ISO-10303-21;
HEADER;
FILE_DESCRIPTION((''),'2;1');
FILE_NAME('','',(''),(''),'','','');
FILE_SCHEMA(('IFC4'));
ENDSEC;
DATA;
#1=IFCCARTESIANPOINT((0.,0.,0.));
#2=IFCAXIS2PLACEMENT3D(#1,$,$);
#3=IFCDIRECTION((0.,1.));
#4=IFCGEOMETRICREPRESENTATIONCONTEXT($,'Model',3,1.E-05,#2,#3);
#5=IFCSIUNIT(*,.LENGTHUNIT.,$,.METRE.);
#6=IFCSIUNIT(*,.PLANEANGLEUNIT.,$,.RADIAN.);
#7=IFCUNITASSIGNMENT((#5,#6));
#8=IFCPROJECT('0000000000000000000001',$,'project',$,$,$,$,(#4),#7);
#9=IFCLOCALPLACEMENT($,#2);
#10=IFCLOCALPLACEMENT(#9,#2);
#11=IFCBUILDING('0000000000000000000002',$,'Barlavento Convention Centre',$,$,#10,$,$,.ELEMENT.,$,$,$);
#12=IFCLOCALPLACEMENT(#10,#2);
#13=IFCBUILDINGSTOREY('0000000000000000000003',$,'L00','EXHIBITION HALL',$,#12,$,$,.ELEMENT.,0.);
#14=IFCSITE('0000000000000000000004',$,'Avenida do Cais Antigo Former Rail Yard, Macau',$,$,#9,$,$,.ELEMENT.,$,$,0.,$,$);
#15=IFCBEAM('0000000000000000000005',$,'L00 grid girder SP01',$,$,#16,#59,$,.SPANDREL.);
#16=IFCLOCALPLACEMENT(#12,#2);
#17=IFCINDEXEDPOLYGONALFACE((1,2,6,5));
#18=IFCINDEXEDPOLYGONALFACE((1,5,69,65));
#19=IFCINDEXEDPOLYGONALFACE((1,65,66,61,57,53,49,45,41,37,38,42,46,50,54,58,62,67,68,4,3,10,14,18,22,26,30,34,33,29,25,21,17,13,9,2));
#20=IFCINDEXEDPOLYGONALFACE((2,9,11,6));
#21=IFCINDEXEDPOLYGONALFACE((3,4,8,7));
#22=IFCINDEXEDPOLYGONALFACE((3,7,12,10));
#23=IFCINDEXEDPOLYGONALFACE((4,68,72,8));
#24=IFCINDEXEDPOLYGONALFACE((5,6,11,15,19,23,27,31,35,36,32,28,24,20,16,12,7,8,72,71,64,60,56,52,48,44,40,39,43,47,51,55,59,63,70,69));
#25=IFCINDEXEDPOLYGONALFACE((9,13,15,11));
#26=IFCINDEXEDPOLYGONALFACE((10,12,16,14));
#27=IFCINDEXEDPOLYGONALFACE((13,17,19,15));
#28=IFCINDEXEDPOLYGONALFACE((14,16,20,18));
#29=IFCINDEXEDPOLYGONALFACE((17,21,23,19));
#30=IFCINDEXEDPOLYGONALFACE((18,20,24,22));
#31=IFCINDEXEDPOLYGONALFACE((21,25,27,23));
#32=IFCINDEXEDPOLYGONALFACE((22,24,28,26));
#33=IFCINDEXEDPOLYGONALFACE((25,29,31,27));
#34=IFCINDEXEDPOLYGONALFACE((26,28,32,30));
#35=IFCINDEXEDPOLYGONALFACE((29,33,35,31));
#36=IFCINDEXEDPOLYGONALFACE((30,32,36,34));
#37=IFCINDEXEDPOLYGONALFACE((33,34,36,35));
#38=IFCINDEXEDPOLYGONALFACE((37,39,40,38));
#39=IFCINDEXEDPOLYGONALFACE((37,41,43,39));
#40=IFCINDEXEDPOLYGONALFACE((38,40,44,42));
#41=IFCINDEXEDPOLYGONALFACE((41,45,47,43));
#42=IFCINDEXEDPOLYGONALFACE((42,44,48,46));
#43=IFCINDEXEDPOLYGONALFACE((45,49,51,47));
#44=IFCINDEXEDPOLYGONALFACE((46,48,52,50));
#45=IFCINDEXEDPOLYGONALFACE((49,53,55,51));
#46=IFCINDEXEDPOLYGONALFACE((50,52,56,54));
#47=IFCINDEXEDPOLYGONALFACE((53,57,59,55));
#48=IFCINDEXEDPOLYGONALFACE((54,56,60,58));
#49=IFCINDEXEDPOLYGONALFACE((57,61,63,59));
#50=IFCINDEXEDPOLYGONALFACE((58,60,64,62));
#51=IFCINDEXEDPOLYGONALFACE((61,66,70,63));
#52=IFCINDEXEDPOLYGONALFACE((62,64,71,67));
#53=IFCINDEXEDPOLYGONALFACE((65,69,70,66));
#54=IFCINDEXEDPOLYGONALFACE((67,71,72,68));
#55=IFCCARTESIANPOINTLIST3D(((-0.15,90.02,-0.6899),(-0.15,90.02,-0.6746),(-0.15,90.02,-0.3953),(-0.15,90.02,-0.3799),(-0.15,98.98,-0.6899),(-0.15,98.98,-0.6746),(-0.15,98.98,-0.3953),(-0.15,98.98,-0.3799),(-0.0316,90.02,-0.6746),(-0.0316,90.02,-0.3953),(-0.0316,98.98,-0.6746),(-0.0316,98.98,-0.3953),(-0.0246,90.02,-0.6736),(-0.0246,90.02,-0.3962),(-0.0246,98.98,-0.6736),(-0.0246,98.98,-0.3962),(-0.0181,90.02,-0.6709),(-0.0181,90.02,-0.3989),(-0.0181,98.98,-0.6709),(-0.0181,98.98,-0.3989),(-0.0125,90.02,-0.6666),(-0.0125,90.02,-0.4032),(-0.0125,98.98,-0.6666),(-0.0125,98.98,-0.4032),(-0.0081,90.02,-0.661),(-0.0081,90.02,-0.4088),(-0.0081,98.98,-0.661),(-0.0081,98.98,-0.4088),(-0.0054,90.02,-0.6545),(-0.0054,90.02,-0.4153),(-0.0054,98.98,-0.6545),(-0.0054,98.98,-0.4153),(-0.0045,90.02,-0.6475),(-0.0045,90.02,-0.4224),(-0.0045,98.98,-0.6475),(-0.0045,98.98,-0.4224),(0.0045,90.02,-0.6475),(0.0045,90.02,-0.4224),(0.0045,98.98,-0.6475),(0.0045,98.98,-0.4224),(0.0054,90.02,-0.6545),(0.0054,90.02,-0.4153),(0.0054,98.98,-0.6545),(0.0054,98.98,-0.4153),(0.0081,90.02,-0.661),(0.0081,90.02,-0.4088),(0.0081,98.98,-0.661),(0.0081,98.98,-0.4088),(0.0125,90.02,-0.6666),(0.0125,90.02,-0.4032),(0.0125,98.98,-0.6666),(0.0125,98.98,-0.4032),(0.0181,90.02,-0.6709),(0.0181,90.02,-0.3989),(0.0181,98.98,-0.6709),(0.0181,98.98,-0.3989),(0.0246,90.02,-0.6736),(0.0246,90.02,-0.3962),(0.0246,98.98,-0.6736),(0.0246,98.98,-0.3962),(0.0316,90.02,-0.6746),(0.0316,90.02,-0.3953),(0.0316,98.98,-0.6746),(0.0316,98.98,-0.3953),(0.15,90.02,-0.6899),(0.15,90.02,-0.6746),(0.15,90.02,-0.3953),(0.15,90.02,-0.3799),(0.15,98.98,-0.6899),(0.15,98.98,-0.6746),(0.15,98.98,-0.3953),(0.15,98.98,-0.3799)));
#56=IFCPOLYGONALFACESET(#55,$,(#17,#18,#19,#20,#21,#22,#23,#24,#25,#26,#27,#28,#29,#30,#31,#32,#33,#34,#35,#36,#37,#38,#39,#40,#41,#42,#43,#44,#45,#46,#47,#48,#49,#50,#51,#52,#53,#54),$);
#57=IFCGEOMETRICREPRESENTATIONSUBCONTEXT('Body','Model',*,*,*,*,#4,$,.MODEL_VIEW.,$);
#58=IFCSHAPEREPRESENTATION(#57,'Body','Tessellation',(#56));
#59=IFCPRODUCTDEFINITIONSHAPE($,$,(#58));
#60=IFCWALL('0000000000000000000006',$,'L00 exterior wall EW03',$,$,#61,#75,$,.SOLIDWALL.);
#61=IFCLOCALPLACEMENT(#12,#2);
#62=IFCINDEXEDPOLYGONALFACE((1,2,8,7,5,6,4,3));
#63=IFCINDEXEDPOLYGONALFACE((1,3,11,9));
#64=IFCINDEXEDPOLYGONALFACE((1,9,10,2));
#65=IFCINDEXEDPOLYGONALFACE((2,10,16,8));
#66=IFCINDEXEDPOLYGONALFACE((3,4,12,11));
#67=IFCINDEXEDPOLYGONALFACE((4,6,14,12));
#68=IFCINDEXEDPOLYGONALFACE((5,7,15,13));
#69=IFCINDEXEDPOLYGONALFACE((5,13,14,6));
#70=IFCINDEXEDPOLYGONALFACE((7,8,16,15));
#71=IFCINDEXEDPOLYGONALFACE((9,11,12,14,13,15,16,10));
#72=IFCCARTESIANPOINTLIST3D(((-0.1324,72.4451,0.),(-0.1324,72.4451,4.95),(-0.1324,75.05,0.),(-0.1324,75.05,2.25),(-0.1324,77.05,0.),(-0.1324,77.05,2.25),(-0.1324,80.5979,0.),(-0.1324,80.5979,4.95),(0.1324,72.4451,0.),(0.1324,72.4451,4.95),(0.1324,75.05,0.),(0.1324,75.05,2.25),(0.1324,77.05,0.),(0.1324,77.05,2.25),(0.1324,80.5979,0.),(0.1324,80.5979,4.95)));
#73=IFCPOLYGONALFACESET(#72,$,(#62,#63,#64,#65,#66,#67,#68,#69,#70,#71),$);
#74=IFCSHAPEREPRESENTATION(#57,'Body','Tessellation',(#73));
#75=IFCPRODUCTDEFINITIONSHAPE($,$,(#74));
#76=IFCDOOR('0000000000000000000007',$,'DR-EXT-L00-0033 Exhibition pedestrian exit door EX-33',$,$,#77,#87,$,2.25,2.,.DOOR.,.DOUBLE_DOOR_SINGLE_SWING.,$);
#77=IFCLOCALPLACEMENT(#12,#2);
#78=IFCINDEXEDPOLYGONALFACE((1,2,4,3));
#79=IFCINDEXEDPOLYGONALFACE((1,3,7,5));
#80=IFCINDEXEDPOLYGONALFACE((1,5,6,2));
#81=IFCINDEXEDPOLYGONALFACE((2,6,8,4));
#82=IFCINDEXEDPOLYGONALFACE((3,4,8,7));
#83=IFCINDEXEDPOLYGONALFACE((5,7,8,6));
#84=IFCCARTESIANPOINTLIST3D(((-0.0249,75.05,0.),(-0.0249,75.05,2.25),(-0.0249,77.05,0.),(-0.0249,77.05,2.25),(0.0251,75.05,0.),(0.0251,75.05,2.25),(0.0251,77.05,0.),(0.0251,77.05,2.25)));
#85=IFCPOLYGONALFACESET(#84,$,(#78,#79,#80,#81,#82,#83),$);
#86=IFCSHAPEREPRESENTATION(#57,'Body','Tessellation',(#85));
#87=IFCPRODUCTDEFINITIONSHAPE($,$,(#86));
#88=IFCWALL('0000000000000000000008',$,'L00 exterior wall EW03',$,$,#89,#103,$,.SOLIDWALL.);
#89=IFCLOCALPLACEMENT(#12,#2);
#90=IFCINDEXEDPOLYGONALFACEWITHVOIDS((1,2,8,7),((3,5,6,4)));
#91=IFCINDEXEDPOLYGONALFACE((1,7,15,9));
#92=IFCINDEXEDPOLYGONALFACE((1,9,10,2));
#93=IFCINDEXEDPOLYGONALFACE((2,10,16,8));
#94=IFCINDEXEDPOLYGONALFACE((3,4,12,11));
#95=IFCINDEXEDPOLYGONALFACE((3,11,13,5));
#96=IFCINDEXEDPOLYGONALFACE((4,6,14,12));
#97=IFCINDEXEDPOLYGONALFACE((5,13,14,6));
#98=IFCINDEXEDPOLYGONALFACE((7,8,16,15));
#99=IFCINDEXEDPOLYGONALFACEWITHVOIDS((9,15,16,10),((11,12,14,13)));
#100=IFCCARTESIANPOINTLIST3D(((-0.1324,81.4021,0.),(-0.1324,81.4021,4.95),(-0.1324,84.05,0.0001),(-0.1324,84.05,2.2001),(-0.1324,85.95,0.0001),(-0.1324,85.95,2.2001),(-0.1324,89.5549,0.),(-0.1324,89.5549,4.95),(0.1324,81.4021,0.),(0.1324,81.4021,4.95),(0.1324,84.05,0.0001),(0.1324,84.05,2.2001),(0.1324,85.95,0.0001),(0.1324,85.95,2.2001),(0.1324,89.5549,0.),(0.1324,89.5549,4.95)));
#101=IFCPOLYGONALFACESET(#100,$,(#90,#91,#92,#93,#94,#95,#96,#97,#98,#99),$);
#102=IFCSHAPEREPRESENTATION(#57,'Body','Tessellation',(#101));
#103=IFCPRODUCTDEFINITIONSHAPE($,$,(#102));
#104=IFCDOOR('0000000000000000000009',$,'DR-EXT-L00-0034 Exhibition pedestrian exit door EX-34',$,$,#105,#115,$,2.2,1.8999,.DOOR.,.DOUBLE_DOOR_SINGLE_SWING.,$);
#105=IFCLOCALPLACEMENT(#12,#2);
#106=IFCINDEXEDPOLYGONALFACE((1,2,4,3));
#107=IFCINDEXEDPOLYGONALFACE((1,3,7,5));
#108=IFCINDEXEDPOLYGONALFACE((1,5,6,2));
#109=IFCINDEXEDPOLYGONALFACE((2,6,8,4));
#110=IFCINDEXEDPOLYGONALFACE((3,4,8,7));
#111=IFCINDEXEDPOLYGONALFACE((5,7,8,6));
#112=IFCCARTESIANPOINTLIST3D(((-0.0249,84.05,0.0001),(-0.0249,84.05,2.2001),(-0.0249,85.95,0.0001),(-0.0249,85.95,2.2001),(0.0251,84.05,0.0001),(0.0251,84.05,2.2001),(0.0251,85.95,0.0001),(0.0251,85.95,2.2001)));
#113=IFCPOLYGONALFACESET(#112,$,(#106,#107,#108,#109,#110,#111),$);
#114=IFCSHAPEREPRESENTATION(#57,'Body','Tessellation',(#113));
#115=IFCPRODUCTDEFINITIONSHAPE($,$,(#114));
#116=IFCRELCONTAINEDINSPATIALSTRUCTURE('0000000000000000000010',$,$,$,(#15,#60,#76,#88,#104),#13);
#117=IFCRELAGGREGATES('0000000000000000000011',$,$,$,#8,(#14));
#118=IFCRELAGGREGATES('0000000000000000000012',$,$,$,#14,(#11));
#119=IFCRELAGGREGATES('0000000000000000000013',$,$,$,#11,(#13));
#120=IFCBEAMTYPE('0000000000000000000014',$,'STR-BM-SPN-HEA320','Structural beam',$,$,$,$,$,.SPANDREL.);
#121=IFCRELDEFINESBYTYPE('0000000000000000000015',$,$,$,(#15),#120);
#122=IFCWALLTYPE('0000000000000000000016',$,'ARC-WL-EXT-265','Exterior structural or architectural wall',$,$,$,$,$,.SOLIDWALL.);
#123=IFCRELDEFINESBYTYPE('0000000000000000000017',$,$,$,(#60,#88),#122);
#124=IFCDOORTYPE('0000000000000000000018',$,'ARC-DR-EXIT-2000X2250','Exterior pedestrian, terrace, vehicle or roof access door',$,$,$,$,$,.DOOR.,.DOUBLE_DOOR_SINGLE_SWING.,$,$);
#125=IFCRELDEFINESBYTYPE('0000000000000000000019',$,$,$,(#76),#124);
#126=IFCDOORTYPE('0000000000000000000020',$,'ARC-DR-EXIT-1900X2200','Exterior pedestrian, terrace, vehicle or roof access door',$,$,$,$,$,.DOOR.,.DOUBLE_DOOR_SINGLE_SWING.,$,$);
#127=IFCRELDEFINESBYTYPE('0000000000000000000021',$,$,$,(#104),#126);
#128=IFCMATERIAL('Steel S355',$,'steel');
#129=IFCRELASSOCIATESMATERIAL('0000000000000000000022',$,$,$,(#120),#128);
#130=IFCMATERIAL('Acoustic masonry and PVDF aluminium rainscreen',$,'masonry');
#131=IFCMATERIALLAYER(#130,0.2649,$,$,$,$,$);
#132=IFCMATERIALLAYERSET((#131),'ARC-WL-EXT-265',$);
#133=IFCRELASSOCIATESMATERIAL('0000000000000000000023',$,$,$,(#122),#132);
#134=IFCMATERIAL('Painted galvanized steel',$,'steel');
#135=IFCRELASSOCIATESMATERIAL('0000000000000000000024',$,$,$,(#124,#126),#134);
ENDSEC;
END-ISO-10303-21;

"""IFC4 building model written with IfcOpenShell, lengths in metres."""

from ifc_helpers import new_model, si_unit, direction, frame, frame_2d, origin, origin_2d, place, context, subcontext, project, spatial, rectangle, i_section, extrude, material, layer, layer_set, material_profile, profile_set, type_object, element, fill, save


model = new_model("IFC4")

# Units and contexts
model_context = context("Model", 3, precision=1e-05, world=origin(), true_north=direction((0.0, 1.0)))
body_context = subcontext(model_context, "Body", "Model", "MODEL_VIEW")
ifc_project = project(units=[si_unit("LENGTHUNIT", "METRE"), si_unit("PLANEANGLEUNIT", "RADIAN")], contexts=[model_context])

# Site, building, storey
site_placement = place(None, origin())
site = spatial("IfcSite", under=ifc_project, at=site_placement, Name="Avenida do Cais Antigo Former Rail Yard, Macau", CompositionType="ELEMENT", RefElevation=0.0)
building_placement = place(site_placement, origin())
building = spatial("IfcBuilding", under=site, at=building_placement, Name="Barlavento Convention Centre", CompositionType="ELEMENT")
storey_placement = place(building_placement, origin())
storey = spatial("IfcBuildingStorey", under=building, at=storey_placement, Name="L00", Description="EXHIBITION HALL", CompositionType="ELEMENT", Elevation=0.0)

# Beam
ifc_material_1 = material(Name="Steel S355", Category="steel")
ifc_material_profile_1 = material_profile(ifc_material_1, i_section(OverallWidth=0.3, OverallDepth=0.3101, WebThickness=0.009, FlangeThickness=0.0154, FilletRadius=0.0271, at=origin_2d()), Name="HEA 320")
ifc_profile_set_1 = profile_set([ifc_material_profile_1], Name="Steel S355")
beam_type_1 = type_object("IfcBeamType", Name="STR-BM-SPN-HEA320", Description="Structural beam", PredefinedType="SPANDREL", material=ifc_profile_set_1)
beam_1_placement = place(storey_placement, frame((0.0, 90.02, -0.5349), z_axis=(0.0, 1.0, 0.0), x_axis=(-1.0, 0.0, 0.0)))
element("IfcBeam", 1, at=beam_1_placement, inside=storey, type_object=beam_type_1, Name="L00 grid girder SP01", PredefinedType="SPANDREL", context=body_context, shape_type="SweptSolid", body=[
    extrude(i_section(OverallWidth=0.3, OverallDepth=0.3101, WebThickness=0.009, FlangeThickness=0.0154, FilletRadius=0.0271, at=origin_2d()), origin(), (0.0, 0.0, 1.0), 8.96),
])

# Walls, openings, doors
ifc_material_2 = material(Name="Acoustic masonry and PVDF aluminium rainscreen", Category="masonry")
ifc_layer = layer(ifc_material_2, 0.2649)
ifc_layer_set = layer_set([ifc_layer], Name="ARC-WL-EXT-265")
wall_type = type_object("IfcWallType", Name="ARC-WL-EXT-265", Description="Exterior structural or architectural wall", PredefinedType="SOLIDWALL", material=ifc_layer_set)
wall_1_placement = place(storey_placement, frame((0.0, 72.4451, 0.0), z_axis=(0.0, 0.0, 1.0), x_axis=(0.0, 1.0, 0.0)))
wall_1 = element("IfcWall", 2, at=wall_1_placement, inside=storey, type_object=wall_type, Name="L00 exterior wall EW03", PredefinedType="SOLIDWALL", context=body_context, shape_type="SweptSolid", body=[
    extrude(rectangle(XDim=8.1528, YDim=0.2649, at=frame_2d((4.0764, 0.0))), origin(), (0.0, 0.0, 1.0), 4.95),
])
opening_1_placement = place(wall_1_placement, frame((2.605, 0.0, 0.0)))
opening_1 = element("IfcOpeningElement", 3, at=opening_1_placement, cuts=wall_1, PredefinedType="OPENING", context=body_context, shape_type="SweptSolid", body=[
    extrude(rectangle(XDim=2.0, YDim=2.25, at=frame_2d((1.0, 1.125))), frame((0.0, 0.1423, 0.0), z_axis=(0.0, -1.0, 0.0), x_axis=(1.0, 0.0, 0.0)), (0.0, 0.0, 1.0), 0.2849),
])
ifc_material_3 = material(Name="Painted galvanized steel", Category="steel")
door_type_1 = type_object("IfcDoorType", Name="ARC-DR-EXIT-2000X2250", Description="Exterior pedestrian, terrace, vehicle or roof access door", OperationType="DOUBLE_DOOR_SINGLE_SWING", PredefinedType="DOOR", material=ifc_material_3)
door_1_placement = place(opening_1_placement, origin())
door_1 = element("IfcDoor", 4, at=door_1_placement, inside=storey, type_object=door_type_1, Name="DR-EXT-L00-0033 Exhibition pedestrian exit door EX-33", OperationType="DOUBLE_DOOR_SINGLE_SWING", OverallHeight=2.25, OverallWidth=2.0, PredefinedType="DOOR", context=body_context, shape_type="SweptSolid", body=[
    extrude(rectangle(XDim=2.0, YDim=2.25, at=frame_2d((1.0, 1.125))), frame((0.0, 0.0249, 0.0), z_axis=(0.0, -1.0, 0.0), x_axis=(1.0, 0.0, 0.0)), (0.0, 0.0, 1.0), 0.05),
])
fill(opening_1, door_1)
wall_2_placement = place(storey_placement, frame((0.0, 81.4021, 0.0), z_axis=(0.0, 0.0, 1.0), x_axis=(0.0, 1.0, 0.0)))
wall_2 = element("IfcWall", 5, at=wall_2_placement, inside=storey, type_object=wall_type, Name="L00 exterior wall EW03", PredefinedType="SOLIDWALL", context=body_context, shape_type="SweptSolid", body=[
    extrude(rectangle(XDim=8.1528, YDim=0.2649, at=frame_2d((4.0764, 0.0))), origin(), (0.0, 0.0, 1.0), 4.95),
])
opening_2_placement = place(wall_2_placement, frame((2.6479, 0.0, 0.0)))
opening_2 = element("IfcOpeningElement", 6, at=opening_2_placement, cuts=wall_2, PredefinedType="OPENING", context=body_context, shape_type="SweptSolid", body=[
    extrude(rectangle(XDim=1.8999, YDim=2.2, at=frame_2d((0.95, 1.1001))), frame((0.0, 0.1423, 0.0), z_axis=(0.0, -1.0, 0.0), x_axis=(1.0, 0.0, 0.0)), (0.0, 0.0, 1.0), 0.2849),
])
door_type_2 = type_object("IfcDoorType", Name="ARC-DR-EXIT-1900X2200", Description="Exterior pedestrian, terrace, vehicle or roof access door", OperationType="DOUBLE_DOOR_SINGLE_SWING", PredefinedType="DOOR", material=ifc_material_3)
door_2_placement = place(opening_2_placement, origin())
door_2 = element("IfcDoor", 7, at=door_2_placement, inside=storey, type_object=door_type_2, Name="DR-EXT-L00-0034 Exhibition pedestrian exit door EX-34", OperationType="DOUBLE_DOOR_SINGLE_SWING", OverallHeight=2.2, OverallWidth=1.8999, PredefinedType="DOOR", context=body_context, shape_type="SweptSolid", body=[
    extrude(rectangle(XDim=1.8999, YDim=2.2, at=frame_2d((0.95, 1.1001))), frame((0.0, 0.0249, 0.0), z_axis=(0.0, -1.0, 0.0), x_axis=(1.0, 0.0, 0.0)), (0.0, 0.0, 1.0), 0.05),
])
fill(opening_2, door_2)

save(model, "model.ifc")
